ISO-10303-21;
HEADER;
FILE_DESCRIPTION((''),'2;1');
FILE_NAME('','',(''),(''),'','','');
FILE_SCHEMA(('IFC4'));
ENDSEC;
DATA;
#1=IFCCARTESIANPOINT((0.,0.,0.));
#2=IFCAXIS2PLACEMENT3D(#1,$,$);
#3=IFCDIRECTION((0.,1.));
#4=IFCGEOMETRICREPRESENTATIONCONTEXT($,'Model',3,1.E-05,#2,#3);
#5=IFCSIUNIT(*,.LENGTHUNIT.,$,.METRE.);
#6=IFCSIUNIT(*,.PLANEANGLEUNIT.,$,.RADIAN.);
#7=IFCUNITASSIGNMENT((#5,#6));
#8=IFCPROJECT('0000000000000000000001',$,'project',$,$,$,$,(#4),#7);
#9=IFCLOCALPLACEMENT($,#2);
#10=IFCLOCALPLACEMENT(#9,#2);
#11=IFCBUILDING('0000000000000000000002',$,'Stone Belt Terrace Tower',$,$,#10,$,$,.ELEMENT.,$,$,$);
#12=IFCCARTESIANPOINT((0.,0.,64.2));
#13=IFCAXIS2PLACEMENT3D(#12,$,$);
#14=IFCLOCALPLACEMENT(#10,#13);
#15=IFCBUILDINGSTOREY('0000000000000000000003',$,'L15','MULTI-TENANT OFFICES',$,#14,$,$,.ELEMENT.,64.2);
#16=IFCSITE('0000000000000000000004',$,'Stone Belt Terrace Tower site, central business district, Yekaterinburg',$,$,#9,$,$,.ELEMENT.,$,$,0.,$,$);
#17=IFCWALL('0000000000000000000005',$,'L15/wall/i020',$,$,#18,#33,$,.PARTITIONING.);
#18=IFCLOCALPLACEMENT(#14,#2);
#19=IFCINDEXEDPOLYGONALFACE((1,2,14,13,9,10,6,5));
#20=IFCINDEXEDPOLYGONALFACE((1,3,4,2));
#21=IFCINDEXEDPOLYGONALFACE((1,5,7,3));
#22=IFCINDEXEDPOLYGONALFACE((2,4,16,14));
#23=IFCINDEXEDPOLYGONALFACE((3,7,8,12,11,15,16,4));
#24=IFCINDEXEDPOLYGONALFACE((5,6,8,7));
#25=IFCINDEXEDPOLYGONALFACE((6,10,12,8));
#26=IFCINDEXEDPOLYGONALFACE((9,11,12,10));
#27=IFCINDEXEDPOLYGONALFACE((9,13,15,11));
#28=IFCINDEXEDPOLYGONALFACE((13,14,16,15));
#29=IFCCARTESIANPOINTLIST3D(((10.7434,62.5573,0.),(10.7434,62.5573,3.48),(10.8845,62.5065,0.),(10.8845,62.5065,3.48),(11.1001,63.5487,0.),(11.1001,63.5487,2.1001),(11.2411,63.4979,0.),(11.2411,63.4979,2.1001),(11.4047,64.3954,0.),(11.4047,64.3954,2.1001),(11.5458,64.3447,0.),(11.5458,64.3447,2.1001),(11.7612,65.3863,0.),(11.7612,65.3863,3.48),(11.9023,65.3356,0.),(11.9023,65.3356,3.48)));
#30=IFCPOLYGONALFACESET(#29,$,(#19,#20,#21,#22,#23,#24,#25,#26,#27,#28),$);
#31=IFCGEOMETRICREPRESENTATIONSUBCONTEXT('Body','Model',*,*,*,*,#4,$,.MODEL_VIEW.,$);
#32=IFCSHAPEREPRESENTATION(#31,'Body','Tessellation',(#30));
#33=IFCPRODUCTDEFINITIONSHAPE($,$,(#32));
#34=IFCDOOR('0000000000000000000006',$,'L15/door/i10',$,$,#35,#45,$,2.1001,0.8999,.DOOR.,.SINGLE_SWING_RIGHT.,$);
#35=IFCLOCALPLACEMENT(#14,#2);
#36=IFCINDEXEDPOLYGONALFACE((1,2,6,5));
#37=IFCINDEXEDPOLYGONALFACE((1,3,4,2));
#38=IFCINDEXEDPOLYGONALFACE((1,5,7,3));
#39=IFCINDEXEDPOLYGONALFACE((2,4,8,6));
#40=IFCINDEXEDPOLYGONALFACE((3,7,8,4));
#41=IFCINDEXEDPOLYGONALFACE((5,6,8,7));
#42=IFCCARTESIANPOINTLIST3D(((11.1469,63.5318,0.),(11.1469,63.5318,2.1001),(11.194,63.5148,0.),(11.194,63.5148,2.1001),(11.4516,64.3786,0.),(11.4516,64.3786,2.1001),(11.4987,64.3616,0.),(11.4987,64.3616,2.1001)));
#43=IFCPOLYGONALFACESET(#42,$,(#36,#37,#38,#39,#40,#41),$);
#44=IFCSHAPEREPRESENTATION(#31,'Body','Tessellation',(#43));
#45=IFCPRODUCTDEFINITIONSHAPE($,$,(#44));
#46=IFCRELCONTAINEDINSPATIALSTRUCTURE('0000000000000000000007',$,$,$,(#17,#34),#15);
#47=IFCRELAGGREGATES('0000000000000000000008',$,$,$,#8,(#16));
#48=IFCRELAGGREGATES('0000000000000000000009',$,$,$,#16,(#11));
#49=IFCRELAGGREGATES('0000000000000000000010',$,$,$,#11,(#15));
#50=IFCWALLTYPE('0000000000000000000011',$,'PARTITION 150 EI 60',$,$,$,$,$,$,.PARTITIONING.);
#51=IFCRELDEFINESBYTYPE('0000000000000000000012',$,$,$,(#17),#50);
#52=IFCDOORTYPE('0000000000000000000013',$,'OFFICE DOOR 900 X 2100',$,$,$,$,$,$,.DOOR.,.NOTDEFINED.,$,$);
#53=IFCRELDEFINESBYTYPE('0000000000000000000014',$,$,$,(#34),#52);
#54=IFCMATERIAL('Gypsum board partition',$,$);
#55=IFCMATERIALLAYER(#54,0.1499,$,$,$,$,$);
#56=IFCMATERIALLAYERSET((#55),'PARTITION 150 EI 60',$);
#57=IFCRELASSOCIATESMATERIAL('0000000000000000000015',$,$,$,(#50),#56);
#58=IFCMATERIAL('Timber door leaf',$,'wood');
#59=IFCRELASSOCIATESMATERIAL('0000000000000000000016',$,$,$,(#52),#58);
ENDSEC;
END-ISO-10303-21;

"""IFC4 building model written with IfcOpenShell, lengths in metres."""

from ifc_helpers import new_model, si_unit, direction, frame, frame_2d, origin, place, context, subcontext, project, spatial, rectangle, extrude, material, layer, layer_set, type_object, element, fill, save


model = new_model("IFC4")

# Units and contexts
model_context = context("Model", 3, precision=1e-05, world=origin(), true_north=direction((0.0, 1.0)))
body_context = subcontext(model_context, "Body", "Model", "MODEL_VIEW")
ifc_project = project(units=[si_unit("LENGTHUNIT", "METRE"), si_unit("PLANEANGLEUNIT", "RADIAN")], contexts=[model_context])

# Site, building, storey
site_placement = place(None, origin())
site = spatial("IfcSite", under=ifc_project, at=site_placement, Name="Stone Belt Terrace Tower site, central business district, Yekaterinburg", CompositionType="ELEMENT", RefElevation=0.0)
building_placement = place(site_placement, origin())
building = spatial("IfcBuilding", under=site, at=building_placement, Name="Stone Belt Terrace Tower", CompositionType="ELEMENT")
storey_placement = place(building_placement, frame((0.0, 0.0, 64.2)))
storey = spatial("IfcBuildingStorey", under=building, at=storey_placement, Name="L15", Description="MULTI-TENANT OFFICES", CompositionType="ELEMENT", Elevation=64.2)

# Wall, opening, door
ifc_material_1 = material(Name="Gypsum board partition")
ifc_layer_1 = layer(ifc_material_1, 0.1499)
ifc_layer_set_1 = layer_set([ifc_layer_1], Name="PARTITION 150 EI 60")
wall_type = type_object("IfcWallType", Name="PARTITION 150 EI 60", PredefinedType="PARTITIONING", material=ifc_layer_set_1)
wall_placement = place(storey_placement, frame((11.8318, 65.3611, 0.0), z_axis=(0.0, 0.0, 1.0), x_axis=(-0.338527, -0.940957, 0.0)))
wall = element("IfcWall", 1, at=wall_placement, inside=storey, type_object=wall_type, Name="L15/wall/i020", PredefinedType="PARTITIONING", context=body_context, shape_type="SweptSolid", body=[
    extrude(rectangle(XDim=3.0066, YDim=0.1499, at=frame_2d((1.5034, 0.0))), origin(), (0.0, 0.0, 1.0), 3.48),
])
opening_placement = place(wall_placement, frame((1.0532, 0.0, 0.0)))
opening = element("IfcOpeningElement", 2, at=opening_placement, cuts=wall, PredefinedType="OPENING", context=body_context, shape_type="SweptSolid", body=[
    extrude(rectangle(XDim=0.8999, YDim=2.1001, at=frame_2d((0.45, 1.05))), frame((0.0, 0.085, 0.0), z_axis=(0.0, -1.0, 0.0), x_axis=(1.0, 0.0, 0.0)), (0.0, 0.0, 1.0), 0.1699),
])
ifc_material_2 = material(Name="Timber door leaf", Category="wood")
door_type = type_object("IfcDoorType", Name="OFFICE DOOR 900 X 2100", OperationType="NOTDEFINED", PredefinedType="DOOR", material=ifc_material_2)
door_placement = place(opening_placement, origin())
door = element("IfcDoor", 3, at=door_placement, inside=storey, type_object=door_type, Name="L15/door/i10", OperationType="SINGLE_SWING_RIGHT", OverallHeight=2.1001, OverallWidth=0.8999, PredefinedType="DOOR", context=body_context, shape_type="SweptSolid", body=[
    extrude(rectangle(XDim=0.8999, YDim=2.1001, at=frame_2d((0.45, 1.05))), frame((0.0, 0.0249, 0.0), z_axis=(0.0, -1.0, 0.0), x_axis=(1.0, 0.0, 0.0)), (0.0, 0.0, 1.0), 0.05),
])
fill(opening, door)

save(model, "model.ifc")
